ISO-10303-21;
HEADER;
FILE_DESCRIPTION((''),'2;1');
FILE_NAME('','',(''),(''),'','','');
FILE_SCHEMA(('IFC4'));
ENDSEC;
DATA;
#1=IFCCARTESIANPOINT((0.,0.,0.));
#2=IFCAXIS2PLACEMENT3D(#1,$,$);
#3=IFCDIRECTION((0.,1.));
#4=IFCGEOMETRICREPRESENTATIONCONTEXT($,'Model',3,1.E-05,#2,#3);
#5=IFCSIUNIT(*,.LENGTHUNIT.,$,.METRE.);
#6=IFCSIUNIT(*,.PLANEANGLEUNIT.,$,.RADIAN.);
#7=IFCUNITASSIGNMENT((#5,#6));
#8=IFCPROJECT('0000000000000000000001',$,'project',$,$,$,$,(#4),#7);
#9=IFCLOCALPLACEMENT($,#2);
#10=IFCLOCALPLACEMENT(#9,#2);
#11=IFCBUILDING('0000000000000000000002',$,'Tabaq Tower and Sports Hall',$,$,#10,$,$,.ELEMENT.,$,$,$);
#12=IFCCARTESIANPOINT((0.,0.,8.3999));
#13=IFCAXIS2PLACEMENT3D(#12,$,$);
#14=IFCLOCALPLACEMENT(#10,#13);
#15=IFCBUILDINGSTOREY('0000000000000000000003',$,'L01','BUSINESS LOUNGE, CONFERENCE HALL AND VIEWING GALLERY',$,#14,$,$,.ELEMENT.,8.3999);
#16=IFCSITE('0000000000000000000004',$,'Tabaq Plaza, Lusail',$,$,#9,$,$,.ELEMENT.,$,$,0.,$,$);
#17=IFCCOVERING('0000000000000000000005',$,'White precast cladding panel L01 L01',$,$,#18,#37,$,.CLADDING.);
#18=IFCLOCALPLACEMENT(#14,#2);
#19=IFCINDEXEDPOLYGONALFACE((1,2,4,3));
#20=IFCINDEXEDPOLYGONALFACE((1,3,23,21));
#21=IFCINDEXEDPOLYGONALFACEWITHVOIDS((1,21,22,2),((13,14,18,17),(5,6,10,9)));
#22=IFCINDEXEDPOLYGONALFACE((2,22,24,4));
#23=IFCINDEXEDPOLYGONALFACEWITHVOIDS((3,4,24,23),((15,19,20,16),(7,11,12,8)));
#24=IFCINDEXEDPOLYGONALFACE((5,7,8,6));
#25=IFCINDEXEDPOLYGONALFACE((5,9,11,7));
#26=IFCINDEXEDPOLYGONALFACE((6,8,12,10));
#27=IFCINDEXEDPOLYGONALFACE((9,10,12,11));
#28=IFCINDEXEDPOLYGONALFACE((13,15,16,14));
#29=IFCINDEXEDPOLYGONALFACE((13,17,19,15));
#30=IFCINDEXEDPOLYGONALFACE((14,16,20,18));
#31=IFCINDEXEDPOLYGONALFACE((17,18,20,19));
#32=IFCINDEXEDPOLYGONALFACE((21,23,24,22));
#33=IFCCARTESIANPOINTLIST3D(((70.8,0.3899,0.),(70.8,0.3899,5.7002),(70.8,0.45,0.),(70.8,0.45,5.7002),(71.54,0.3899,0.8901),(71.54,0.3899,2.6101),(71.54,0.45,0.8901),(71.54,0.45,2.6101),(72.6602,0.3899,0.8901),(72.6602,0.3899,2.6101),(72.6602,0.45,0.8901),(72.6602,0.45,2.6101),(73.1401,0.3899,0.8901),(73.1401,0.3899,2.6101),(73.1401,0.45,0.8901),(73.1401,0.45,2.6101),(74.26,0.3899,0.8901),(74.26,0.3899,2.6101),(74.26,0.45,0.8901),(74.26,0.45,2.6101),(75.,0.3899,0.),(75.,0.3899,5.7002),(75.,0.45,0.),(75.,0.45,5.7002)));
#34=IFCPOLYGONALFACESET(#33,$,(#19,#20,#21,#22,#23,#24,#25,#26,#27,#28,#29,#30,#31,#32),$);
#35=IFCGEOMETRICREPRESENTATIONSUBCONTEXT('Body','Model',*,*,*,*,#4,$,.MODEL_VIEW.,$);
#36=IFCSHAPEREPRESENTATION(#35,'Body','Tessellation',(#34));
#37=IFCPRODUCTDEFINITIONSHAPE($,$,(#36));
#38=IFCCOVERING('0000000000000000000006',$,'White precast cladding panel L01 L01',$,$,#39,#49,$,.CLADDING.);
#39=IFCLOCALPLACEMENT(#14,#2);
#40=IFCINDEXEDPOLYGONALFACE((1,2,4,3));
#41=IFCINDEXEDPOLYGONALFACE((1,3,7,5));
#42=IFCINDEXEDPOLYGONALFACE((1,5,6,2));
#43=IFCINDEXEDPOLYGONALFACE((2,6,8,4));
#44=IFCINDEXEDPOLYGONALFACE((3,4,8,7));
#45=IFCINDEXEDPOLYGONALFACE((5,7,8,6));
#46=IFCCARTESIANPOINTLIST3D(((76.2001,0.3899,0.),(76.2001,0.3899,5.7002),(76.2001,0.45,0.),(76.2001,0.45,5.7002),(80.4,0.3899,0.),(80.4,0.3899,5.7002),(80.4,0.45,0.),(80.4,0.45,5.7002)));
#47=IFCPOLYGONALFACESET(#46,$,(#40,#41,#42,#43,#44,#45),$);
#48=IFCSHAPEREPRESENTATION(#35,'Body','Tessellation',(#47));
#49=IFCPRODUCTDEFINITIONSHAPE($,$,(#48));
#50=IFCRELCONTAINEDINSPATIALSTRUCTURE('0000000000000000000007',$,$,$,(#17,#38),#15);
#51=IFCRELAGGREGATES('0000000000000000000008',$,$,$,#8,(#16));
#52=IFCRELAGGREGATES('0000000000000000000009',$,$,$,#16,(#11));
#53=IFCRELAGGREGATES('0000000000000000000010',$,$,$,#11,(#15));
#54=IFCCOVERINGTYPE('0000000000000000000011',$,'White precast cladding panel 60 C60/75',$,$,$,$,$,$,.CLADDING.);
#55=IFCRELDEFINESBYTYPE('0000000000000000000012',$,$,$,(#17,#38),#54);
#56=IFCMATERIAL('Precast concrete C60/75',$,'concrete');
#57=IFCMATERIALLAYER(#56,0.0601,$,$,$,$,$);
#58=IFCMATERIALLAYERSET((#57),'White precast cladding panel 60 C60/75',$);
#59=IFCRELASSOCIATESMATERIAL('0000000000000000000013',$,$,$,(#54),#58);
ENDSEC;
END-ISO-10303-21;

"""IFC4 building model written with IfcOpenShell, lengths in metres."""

from ifc_helpers import new_model, si_unit, direction, frame, frame_2d, origin, place, context, subcontext, project, spatial, polyline, rectangle, outline, extrude, material, layer, layer_set, type_object, element, save


model = new_model("IFC4")

# Units and contexts
model_context = context("Model", 3, precision=1e-05, world=origin(), true_north=direction((0.0, 1.0)))
body_context = subcontext(model_context, "Body", "Model", "MODEL_VIEW")
ifc_project = project(units=[si_unit("LENGTHUNIT", "METRE"), si_unit("PLANEANGLEUNIT", "RADIAN")], contexts=[model_context])

# Site, building, storey
site_placement = place(None, origin())
site = spatial("IfcSite", under=ifc_project, at=site_placement, Name="Tabaq Plaza, Lusail", CompositionType="ELEMENT", RefElevation=0.0)
building_placement = place(site_placement, origin())
building = spatial("IfcBuilding", under=site, at=building_placement, Name="Tabaq Tower and Sports Hall", CompositionType="ELEMENT")
storey_placement = place(building_placement, frame((0.0, 0.0, 8.3999)))
storey = spatial("IfcBuildingStorey", under=building, at=storey_placement, Name="L01", Description="BUSINESS LOUNGE, CONFERENCE HALL AND VIEWING GALLERY", CompositionType="ELEMENT", Elevation=8.3999)

# Coverings
ifc_material_1 = material(Name="Precast concrete C60/75", Category="concrete")
ifc_layer_1 = layer(ifc_material_1, 0.0601)
ifc_layer_set_1 = layer_set([ifc_layer_1], Name="White precast cladding panel 60 C60/75")
covering_type = type_object("IfcCoveringType", Name="White precast cladding panel 60 C60/75", PredefinedType="CLADDING", material=ifc_layer_set_1)
covering_1_placement = place(storey_placement, frame((70.8, 0.4199, 0.0), z_axis=(0.0, 0.0, 1.0), x_axis=(1.0, 0.0, 0.0)))
element("IfcCovering", 1, at=covering_1_placement, inside=storey, type_object=covering_type, Name="White precast cladding panel L01 L01", PredefinedType="CLADDING", context=body_context, shape_type="SweptSolid", body=[
    extrude(outline(polyline([(0.0, 0.0), (4.2, 0.0), (4.2, 5.7002), (0.0, 5.7002), (0.0, 0.0)]), holes=[polyline([(0.74, 2.6101), (1.8601, 2.6101), (1.8601, 0.8901), (0.74, 0.8901), (0.74, 2.6101)]), polyline([(2.3401, 2.6101), (3.46, 2.6101), (3.46, 0.8901), (2.3401, 0.8901), (2.3401, 2.6101)])]), frame((0.0, 0.03, 0.0), z_axis=(0.0, -1.0, 0.0), x_axis=(1.0, 0.0, 0.0)), (0.0, 0.0, 1.0), 0.0601),
])
covering_2_placement = place(storey_placement, frame((76.2, 0.4199, 0.0), z_axis=(0.0, 0.0, 1.0), x_axis=(1.0, 0.0, 0.0)))
element("IfcCovering", 2, at=covering_2_placement, inside=storey, type_object=covering_type, Name="White precast cladding panel L01 L01", PredefinedType="CLADDING", context=body_context, shape_type="SweptSolid", body=[
    extrude(rectangle(XDim=4.2, YDim=0.0601, at=frame_2d((2.1001, 0.0))), origin(), (0.0, 0.0, 1.0), 5.7002),
])

save(model, "model.ifc")
